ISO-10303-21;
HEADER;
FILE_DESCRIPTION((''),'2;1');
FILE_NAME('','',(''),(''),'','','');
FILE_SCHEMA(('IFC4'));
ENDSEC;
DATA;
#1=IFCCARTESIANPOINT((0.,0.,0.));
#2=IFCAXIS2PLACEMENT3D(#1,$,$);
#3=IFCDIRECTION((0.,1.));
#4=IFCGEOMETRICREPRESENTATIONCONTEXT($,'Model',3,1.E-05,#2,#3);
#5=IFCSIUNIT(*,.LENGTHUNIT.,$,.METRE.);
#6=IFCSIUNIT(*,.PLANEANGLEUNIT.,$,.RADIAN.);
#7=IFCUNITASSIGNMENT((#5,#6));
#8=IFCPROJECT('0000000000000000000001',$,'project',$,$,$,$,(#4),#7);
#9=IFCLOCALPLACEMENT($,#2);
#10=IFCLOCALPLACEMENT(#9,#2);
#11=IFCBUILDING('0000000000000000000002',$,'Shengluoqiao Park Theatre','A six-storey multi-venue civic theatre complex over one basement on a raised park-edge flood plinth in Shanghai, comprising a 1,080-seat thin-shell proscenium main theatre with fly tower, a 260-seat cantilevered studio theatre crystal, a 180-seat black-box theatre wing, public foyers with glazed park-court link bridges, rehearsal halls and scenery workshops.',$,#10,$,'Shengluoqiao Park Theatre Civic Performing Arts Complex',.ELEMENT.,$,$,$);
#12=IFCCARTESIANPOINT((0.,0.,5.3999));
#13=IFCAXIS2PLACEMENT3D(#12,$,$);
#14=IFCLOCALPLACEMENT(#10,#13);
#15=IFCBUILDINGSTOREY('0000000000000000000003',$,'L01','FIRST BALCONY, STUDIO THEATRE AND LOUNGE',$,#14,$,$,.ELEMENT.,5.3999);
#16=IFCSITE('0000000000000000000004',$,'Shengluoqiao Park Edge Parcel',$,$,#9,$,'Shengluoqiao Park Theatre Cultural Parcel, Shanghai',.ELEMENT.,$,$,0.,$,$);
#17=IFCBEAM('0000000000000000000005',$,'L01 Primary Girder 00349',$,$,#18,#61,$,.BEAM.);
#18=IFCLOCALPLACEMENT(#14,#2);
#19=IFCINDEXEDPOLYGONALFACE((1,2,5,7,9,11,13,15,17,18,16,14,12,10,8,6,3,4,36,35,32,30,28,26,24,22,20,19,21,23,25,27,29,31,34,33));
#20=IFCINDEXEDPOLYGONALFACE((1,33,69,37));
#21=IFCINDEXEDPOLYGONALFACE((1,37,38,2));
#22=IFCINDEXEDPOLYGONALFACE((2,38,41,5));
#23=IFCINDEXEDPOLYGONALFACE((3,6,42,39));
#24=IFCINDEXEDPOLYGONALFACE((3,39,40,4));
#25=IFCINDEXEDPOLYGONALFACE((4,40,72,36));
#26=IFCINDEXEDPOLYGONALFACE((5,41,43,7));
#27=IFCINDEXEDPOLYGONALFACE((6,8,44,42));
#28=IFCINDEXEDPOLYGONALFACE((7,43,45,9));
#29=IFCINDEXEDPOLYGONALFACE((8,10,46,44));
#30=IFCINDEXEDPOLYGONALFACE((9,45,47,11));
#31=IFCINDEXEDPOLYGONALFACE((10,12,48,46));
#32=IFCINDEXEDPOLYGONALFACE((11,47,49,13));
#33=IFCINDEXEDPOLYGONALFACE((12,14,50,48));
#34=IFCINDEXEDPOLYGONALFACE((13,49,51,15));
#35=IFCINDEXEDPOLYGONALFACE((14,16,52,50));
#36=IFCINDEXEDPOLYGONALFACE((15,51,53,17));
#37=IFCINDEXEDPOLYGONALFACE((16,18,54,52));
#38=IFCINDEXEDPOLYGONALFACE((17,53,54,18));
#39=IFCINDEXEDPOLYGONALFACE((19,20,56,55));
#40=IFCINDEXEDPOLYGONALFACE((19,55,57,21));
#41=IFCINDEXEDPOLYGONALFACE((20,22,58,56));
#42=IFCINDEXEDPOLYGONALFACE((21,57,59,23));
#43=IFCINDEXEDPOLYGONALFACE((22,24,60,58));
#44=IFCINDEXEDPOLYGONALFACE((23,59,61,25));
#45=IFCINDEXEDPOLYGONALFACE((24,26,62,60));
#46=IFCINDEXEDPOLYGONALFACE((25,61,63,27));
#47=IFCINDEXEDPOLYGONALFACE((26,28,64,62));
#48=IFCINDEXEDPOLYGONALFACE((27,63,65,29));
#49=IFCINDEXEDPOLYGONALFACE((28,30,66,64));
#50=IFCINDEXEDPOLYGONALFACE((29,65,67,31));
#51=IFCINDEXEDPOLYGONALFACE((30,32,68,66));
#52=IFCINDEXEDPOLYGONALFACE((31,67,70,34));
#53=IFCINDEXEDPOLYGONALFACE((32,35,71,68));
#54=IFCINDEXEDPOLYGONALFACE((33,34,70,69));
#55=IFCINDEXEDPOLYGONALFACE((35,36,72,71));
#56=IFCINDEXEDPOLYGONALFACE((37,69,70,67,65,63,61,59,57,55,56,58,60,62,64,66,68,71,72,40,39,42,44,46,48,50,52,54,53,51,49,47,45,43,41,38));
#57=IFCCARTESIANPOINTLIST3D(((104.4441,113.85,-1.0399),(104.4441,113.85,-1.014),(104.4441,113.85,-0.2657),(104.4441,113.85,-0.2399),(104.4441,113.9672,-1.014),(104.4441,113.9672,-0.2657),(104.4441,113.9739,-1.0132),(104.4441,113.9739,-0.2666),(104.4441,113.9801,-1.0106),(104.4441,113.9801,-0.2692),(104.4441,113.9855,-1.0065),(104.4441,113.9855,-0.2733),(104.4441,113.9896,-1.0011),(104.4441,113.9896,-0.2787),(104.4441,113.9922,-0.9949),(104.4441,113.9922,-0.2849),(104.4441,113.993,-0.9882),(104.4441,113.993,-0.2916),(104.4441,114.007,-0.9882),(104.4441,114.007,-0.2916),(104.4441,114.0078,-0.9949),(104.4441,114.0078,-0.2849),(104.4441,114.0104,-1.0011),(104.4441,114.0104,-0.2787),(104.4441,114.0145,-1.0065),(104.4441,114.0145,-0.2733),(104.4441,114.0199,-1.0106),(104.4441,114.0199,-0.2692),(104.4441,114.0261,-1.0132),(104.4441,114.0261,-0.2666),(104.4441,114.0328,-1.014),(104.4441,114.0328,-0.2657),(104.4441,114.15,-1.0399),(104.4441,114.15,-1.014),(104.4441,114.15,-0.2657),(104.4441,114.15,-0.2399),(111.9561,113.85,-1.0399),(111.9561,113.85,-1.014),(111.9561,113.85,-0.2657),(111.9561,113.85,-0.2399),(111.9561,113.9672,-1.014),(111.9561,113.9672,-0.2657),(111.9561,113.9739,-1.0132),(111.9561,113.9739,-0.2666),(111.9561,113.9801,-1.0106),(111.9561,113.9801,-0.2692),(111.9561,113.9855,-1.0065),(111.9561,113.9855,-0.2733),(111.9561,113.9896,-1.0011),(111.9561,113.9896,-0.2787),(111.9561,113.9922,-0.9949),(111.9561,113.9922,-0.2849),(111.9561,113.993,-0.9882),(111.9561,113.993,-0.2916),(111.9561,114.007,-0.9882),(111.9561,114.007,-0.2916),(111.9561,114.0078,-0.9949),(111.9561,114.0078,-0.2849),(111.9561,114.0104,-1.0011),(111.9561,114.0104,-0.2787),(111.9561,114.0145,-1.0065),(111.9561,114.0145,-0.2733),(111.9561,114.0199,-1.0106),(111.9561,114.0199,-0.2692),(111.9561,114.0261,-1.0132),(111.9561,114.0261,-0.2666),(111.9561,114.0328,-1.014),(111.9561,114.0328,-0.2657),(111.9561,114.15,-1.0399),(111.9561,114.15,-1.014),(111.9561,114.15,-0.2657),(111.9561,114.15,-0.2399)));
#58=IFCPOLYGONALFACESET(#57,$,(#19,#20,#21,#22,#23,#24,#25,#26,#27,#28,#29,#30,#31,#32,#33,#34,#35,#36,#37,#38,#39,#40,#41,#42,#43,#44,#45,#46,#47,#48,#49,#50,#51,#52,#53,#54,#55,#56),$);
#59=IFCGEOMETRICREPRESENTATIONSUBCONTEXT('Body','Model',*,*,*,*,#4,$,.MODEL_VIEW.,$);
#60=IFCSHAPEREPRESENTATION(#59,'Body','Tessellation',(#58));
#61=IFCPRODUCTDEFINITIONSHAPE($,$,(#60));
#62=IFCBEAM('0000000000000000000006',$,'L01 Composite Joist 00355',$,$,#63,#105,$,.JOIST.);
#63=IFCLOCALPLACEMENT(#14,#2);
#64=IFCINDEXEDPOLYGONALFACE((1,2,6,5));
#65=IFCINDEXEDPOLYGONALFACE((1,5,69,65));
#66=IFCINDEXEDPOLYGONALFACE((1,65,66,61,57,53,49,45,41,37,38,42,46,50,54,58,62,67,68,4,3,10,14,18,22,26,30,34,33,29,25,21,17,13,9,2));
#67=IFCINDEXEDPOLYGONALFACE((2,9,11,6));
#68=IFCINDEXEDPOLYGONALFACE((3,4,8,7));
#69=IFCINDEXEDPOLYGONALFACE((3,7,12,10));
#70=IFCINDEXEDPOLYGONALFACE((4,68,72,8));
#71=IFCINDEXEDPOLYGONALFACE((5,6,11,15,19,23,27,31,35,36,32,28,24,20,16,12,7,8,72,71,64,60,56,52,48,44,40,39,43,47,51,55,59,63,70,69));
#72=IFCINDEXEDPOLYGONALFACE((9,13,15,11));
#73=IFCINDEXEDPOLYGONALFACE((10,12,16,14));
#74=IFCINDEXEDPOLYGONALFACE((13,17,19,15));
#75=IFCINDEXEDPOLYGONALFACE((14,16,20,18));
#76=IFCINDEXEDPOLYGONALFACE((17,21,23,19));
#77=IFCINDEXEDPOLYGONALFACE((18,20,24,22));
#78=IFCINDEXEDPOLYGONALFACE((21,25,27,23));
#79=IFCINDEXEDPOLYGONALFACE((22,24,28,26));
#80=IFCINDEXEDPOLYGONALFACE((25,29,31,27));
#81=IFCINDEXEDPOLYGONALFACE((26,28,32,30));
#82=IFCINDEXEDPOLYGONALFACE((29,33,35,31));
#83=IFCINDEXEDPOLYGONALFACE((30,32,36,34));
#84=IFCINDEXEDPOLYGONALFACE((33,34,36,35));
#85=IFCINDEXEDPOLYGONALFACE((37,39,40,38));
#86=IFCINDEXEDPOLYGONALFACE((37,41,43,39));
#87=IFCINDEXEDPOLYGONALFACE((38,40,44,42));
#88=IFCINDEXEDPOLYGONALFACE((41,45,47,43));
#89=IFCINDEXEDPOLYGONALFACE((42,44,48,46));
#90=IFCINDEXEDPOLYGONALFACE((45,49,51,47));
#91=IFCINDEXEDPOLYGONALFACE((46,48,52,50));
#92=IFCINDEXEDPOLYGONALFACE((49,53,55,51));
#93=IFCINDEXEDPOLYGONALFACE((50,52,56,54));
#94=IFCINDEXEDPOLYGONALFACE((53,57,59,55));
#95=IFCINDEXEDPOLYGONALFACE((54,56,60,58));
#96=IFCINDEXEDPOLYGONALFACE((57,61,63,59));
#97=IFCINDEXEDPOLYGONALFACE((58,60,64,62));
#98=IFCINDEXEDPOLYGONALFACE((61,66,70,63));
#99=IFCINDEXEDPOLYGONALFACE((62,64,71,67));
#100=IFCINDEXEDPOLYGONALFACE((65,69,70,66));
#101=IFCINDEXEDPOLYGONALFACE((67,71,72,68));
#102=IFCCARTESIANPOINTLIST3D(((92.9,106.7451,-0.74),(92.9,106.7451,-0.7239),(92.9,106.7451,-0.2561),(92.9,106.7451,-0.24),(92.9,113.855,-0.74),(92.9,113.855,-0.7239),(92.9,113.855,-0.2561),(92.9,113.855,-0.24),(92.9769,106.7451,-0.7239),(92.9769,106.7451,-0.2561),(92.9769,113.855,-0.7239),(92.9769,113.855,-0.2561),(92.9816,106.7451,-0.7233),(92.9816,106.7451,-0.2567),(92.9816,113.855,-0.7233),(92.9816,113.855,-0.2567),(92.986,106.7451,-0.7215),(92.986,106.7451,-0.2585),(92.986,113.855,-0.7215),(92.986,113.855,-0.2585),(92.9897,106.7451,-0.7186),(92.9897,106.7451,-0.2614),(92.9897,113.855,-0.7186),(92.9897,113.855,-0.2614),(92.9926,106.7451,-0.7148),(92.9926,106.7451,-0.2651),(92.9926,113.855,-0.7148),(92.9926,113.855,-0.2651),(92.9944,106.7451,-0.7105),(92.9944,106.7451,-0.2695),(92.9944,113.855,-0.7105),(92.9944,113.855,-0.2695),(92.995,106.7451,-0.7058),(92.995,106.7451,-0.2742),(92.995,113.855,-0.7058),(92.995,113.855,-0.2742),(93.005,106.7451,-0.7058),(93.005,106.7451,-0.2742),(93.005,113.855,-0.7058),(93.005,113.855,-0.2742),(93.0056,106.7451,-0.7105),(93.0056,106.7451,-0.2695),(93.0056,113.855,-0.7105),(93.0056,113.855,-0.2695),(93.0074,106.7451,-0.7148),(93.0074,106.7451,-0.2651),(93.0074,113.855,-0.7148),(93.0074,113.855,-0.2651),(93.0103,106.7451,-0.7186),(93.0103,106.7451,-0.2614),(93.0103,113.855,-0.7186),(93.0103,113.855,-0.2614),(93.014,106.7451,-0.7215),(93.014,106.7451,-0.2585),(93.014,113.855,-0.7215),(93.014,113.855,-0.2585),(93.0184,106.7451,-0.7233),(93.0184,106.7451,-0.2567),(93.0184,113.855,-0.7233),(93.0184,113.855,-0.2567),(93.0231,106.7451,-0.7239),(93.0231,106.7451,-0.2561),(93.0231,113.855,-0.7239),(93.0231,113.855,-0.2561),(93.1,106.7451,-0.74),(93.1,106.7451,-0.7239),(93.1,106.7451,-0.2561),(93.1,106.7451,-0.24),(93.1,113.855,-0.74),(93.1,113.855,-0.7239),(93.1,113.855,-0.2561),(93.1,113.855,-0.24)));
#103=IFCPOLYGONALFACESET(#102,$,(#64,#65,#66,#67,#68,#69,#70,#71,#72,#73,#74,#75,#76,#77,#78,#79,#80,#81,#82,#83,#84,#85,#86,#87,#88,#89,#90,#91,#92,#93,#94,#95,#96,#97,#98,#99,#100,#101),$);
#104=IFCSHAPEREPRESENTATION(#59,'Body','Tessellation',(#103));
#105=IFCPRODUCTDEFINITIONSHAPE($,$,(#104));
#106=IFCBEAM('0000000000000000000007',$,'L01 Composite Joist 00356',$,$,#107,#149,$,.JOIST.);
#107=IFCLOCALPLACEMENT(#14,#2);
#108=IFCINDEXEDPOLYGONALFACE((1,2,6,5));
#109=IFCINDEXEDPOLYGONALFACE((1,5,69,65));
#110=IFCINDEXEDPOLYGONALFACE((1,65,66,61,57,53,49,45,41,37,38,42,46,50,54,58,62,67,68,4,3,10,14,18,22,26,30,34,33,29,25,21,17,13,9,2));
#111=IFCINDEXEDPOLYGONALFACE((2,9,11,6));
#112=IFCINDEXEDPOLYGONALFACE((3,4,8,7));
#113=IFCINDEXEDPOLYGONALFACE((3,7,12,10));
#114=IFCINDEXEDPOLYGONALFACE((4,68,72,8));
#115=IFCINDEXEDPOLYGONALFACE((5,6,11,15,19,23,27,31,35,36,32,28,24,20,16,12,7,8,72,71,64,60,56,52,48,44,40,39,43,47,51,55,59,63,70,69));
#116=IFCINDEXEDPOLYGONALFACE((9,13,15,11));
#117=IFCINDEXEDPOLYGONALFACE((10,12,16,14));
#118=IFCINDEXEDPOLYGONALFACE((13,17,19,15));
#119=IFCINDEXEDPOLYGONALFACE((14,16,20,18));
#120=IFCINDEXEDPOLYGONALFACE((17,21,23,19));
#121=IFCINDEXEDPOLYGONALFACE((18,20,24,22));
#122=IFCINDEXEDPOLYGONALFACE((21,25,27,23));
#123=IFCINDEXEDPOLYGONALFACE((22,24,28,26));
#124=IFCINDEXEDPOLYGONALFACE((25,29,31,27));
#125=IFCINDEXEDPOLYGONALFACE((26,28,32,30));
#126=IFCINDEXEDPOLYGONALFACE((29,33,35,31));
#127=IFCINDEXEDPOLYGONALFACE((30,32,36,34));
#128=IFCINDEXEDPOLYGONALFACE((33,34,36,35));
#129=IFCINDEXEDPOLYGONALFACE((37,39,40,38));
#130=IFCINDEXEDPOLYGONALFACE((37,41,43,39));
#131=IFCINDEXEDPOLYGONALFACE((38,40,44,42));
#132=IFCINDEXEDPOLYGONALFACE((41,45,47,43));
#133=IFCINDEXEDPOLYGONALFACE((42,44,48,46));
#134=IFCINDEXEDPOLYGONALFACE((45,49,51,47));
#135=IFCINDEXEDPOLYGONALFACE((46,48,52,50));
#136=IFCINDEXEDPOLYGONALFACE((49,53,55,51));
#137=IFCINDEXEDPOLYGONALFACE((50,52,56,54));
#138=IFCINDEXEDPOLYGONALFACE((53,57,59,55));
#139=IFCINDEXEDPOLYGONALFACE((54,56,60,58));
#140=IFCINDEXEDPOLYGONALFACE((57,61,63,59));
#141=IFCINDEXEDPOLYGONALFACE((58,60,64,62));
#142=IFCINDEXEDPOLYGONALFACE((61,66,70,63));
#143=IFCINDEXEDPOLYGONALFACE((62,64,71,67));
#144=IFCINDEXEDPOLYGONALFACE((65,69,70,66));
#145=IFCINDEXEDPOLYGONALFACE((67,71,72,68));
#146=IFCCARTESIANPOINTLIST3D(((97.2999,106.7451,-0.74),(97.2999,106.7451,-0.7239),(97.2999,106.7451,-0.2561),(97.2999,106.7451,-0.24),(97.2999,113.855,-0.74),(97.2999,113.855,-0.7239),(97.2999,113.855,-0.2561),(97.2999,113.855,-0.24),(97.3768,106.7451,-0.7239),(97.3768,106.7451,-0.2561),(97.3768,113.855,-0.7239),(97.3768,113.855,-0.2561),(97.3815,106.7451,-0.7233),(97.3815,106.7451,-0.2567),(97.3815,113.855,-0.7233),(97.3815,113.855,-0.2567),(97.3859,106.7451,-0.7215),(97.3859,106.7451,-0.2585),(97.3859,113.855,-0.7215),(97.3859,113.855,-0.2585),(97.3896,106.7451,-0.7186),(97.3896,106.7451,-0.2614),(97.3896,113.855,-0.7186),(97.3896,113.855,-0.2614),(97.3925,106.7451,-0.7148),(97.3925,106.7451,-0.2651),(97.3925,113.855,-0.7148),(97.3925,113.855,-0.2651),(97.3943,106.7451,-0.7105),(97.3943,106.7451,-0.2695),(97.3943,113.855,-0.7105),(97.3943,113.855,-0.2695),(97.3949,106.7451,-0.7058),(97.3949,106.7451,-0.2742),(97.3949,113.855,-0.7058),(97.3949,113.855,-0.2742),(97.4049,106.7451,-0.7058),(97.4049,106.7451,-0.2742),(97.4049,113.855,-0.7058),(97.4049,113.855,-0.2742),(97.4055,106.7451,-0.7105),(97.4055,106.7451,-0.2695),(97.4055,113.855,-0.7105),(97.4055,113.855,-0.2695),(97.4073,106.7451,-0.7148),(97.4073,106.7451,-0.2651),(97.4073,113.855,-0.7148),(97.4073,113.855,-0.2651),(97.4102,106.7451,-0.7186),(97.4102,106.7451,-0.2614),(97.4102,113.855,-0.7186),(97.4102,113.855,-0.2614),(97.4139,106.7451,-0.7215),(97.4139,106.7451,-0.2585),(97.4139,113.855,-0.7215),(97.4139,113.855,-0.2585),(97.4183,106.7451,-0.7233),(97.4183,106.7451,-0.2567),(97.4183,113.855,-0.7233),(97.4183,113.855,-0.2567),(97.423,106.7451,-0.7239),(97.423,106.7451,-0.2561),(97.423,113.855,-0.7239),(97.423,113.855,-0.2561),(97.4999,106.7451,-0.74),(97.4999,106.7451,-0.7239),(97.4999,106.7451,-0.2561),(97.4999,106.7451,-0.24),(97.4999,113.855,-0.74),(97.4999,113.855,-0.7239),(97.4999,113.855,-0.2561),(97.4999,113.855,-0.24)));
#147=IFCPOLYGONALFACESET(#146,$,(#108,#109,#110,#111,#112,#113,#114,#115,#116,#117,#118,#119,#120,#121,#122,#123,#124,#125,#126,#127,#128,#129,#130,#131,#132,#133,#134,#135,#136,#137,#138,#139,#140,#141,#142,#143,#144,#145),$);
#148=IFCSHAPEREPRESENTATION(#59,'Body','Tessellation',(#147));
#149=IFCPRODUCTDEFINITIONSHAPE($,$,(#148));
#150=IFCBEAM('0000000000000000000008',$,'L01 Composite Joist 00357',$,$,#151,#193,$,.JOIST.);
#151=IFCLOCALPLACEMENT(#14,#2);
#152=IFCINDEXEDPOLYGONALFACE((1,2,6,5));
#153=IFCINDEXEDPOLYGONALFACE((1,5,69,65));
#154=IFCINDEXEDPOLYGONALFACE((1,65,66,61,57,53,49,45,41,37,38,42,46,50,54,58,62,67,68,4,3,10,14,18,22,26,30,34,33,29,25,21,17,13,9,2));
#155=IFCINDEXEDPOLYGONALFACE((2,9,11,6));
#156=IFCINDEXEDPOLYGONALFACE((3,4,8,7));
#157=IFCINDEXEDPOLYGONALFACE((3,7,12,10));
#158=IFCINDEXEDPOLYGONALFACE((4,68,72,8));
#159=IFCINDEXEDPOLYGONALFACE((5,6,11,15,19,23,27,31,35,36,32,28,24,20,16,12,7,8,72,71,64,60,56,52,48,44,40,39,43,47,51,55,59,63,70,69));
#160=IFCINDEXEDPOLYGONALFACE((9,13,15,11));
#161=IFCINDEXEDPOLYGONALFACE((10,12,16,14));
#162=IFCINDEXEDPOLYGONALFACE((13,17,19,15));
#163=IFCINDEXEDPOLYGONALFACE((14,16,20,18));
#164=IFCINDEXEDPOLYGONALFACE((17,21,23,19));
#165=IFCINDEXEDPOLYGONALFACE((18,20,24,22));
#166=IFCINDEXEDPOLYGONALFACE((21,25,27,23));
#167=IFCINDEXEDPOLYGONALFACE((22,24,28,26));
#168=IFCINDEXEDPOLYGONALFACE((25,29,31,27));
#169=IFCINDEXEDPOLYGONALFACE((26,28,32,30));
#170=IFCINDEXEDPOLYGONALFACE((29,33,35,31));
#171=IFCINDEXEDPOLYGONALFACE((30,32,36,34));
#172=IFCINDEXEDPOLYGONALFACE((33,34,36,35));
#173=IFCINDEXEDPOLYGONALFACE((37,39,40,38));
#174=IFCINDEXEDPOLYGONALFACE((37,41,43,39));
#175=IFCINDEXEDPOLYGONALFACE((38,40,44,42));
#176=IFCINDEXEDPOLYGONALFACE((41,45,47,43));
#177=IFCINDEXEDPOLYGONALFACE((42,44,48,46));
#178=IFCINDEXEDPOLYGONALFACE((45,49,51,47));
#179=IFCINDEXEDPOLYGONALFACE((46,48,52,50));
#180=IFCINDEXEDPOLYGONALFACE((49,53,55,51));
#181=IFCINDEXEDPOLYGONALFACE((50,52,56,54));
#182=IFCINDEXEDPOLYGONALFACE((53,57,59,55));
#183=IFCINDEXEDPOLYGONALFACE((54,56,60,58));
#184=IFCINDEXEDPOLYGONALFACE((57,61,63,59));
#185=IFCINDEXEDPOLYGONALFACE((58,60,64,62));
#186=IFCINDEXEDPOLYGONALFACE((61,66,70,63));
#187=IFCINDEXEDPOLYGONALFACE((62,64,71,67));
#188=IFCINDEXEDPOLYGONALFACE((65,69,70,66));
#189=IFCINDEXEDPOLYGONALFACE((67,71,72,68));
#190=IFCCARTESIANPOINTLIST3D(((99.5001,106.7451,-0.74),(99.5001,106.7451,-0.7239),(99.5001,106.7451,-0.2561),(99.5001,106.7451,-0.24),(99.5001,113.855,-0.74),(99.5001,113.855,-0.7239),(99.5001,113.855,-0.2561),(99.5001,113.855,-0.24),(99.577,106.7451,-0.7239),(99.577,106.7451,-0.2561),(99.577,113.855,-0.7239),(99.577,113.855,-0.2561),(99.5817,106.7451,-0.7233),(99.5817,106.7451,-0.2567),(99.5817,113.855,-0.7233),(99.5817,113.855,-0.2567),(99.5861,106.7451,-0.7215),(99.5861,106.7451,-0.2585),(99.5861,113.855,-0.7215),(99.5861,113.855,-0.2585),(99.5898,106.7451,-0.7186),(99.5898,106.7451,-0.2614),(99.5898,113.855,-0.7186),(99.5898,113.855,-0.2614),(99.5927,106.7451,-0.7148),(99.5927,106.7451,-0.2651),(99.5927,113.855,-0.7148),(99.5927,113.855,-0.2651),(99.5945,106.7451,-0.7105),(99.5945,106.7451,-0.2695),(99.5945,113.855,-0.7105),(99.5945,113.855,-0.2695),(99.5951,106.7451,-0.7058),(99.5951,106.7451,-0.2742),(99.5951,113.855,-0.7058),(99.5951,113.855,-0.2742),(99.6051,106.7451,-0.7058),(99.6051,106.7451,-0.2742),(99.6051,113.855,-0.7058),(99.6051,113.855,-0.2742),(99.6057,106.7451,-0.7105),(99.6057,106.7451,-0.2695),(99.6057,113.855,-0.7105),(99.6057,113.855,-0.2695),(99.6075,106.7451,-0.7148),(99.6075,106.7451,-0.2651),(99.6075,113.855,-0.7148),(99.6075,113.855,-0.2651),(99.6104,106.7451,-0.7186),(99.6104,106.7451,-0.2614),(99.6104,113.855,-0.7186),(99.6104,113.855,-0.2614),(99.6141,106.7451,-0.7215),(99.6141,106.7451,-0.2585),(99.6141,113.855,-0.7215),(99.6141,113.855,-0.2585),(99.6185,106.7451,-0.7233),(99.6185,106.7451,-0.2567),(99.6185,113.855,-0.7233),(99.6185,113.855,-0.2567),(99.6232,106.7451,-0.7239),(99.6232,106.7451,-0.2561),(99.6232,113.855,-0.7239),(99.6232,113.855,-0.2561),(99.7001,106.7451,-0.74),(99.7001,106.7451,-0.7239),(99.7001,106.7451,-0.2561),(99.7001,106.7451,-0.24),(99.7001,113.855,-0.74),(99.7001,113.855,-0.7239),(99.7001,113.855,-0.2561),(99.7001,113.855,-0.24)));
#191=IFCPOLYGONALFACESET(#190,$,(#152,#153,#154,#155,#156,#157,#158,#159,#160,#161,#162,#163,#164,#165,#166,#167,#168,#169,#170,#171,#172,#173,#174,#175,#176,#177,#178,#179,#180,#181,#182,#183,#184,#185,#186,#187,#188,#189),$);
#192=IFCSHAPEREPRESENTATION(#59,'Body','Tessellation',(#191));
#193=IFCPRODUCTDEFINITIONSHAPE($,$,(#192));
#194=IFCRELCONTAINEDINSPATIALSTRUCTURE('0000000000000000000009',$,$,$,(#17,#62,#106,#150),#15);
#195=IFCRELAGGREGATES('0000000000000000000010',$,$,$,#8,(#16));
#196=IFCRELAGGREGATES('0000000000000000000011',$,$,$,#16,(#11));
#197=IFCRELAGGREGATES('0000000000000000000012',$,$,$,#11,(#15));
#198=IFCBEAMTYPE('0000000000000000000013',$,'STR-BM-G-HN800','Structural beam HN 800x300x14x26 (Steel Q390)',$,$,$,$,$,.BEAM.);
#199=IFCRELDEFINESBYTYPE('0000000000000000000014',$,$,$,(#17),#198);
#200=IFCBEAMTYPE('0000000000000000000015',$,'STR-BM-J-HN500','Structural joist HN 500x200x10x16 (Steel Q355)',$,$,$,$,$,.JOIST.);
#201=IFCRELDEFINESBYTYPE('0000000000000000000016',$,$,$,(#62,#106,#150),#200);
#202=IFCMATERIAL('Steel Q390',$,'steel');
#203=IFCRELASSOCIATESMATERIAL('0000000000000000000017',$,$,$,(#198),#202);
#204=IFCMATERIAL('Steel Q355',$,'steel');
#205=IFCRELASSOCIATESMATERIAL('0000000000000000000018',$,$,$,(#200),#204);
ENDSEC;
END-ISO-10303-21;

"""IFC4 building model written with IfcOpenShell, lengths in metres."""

from ifc_helpers import new_model, si_unit, direction, frame, origin, origin_2d, place, context, subcontext, project, spatial, i_section, extrude, material, material_profile, profile_set, type_object, element, save


model = new_model("IFC4")

# Units and contexts
model_context = context("Model", 3, precision=1e-05, world=origin(), true_north=direction((0.0, 1.0)))
body_context = subcontext(model_context, "Body", "Model", "MODEL_VIEW")
ifc_project = project(units=[si_unit("LENGTHUNIT", "METRE"), si_unit("PLANEANGLEUNIT", "RADIAN")], contexts=[model_context])

# Site, building, storey
site_placement = place(None, origin())
site = spatial("IfcSite", under=ifc_project, at=site_placement, Name="Shengluoqiao Park Edge Parcel", LongName="Shengluoqiao Park Theatre Cultural Parcel, Shanghai", CompositionType="ELEMENT", RefElevation=0.0)
building_placement = place(site_placement, origin())
building = spatial("IfcBuilding", under=site, at=building_placement, Name="Shengluoqiao Park Theatre", Description="A six-storey multi-venue civic theatre complex over one basement on a raised park-edge flood plinth in Shanghai, comprising a 1,080-seat thin-shell proscenium main theatre with fly tower, a 260-seat cantilevered studio theatre crystal, a 180-seat black-box theatre wing, public foyers with glazed park-court link bridges, rehearsal halls and scenery workshops.", LongName="Shengluoqiao Park Theatre Civic Performing Arts Complex", CompositionType="ELEMENT")
storey_placement = place(building_placement, frame((0.0, 0.0, 5.3999)))
storey = spatial("IfcBuildingStorey", under=building, at=storey_placement, Name="L01", Description="FIRST BALCONY, STUDIO THEATRE AND LOUNGE", CompositionType="ELEMENT", Elevation=5.3999)

# Beams
ifc_material_1 = material(Name="Steel Q355", Category="steel")
ifc_material_2 = material(Name="Steel Q390", Category="steel")
ifc_material_profile_1 = material_profile(ifc_material_2, i_section(OverallWidth=0.3, OverallDepth=0.8, WebThickness=0.0139, FlangeThickness=0.0259, FilletRadius=0.0259, at=origin_2d()), Name="HN 800x300x14x26")
ifc_profile_set_1 = profile_set([ifc_material_profile_1], Name="Steel Q390")
beam_type_1 = type_object("IfcBeamType", Name="STR-BM-G-HN800", Description="Structural beam HN 800x300x14x26 (Steel Q390)", PredefinedType="BEAM", material=ifc_profile_set_1)
beam_1_placement = place(storey_placement, frame((104.4441, 114.0, -0.6399), z_axis=(1.0, 0.0, 0.0), x_axis=(0.0, 1.0, 0.0)))
element("IfcBeam", 1, at=beam_1_placement, inside=storey, type_object=beam_type_1, Name="L01 Primary Girder 00349", PredefinedType="BEAM", context=body_context, shape_type="SweptSolid", body=[
    extrude(i_section(OverallWidth=0.3, OverallDepth=0.8, WebThickness=0.0139, FlangeThickness=0.0259, FilletRadius=0.0259, at=origin_2d()), origin(), (0.0, 0.0, 1.0), 7.512),
])
ifc_material_profile_2 = material_profile(ifc_material_1, i_section(OverallWidth=0.2, OverallDepth=0.5, WebThickness=0.01, FlangeThickness=0.0161, FilletRadius=0.0181, at=origin_2d()), Name="HN 500x200x10x16")
ifc_profile_set_2 = profile_set([ifc_material_profile_2], Name="Steel Q355")
beam_type_2 = type_object("IfcBeamType", Name="STR-BM-J-HN500", Description="Structural joist HN 500x200x10x16 (Steel Q355)", PredefinedType="JOIST", material=ifc_profile_set_2)
for number, where, z_axis, x_axis, name in (
    (2, (93.0, 106.7451, -0.49), (0.0, 1.0, 0.0), (-1.0, 0.0, 0.0), "L01 Composite Joist 00355"),
    (3, (97.3999, 106.7451, -0.49), (0.0, 1.0, 0.0), (-1.0, 0.0, 0.0), "L01 Composite Joist 00356"),
    (4, (99.6001, 106.7451, -0.49), (0.0, 1.0, 0.0), (-1.0, 0.0, 0.0), "L01 Composite Joist 00357"),
):
    element("IfcBeam", number, at=place(storey_placement, frame(where, z_axis=z_axis, x_axis=x_axis)), inside=storey, type_object=beam_type_2, Name=name, PredefinedType="JOIST", context=body_context, shape_type="SweptSolid", body=[
        extrude(i_section(OverallWidth=0.2, OverallDepth=0.5, WebThickness=0.01, FlangeThickness=0.0161, FilletRadius=0.0181, at=origin_2d()), origin(), (0.0, 0.0, 1.0), 7.1099),
    ])

save(model, "model.ifc")
